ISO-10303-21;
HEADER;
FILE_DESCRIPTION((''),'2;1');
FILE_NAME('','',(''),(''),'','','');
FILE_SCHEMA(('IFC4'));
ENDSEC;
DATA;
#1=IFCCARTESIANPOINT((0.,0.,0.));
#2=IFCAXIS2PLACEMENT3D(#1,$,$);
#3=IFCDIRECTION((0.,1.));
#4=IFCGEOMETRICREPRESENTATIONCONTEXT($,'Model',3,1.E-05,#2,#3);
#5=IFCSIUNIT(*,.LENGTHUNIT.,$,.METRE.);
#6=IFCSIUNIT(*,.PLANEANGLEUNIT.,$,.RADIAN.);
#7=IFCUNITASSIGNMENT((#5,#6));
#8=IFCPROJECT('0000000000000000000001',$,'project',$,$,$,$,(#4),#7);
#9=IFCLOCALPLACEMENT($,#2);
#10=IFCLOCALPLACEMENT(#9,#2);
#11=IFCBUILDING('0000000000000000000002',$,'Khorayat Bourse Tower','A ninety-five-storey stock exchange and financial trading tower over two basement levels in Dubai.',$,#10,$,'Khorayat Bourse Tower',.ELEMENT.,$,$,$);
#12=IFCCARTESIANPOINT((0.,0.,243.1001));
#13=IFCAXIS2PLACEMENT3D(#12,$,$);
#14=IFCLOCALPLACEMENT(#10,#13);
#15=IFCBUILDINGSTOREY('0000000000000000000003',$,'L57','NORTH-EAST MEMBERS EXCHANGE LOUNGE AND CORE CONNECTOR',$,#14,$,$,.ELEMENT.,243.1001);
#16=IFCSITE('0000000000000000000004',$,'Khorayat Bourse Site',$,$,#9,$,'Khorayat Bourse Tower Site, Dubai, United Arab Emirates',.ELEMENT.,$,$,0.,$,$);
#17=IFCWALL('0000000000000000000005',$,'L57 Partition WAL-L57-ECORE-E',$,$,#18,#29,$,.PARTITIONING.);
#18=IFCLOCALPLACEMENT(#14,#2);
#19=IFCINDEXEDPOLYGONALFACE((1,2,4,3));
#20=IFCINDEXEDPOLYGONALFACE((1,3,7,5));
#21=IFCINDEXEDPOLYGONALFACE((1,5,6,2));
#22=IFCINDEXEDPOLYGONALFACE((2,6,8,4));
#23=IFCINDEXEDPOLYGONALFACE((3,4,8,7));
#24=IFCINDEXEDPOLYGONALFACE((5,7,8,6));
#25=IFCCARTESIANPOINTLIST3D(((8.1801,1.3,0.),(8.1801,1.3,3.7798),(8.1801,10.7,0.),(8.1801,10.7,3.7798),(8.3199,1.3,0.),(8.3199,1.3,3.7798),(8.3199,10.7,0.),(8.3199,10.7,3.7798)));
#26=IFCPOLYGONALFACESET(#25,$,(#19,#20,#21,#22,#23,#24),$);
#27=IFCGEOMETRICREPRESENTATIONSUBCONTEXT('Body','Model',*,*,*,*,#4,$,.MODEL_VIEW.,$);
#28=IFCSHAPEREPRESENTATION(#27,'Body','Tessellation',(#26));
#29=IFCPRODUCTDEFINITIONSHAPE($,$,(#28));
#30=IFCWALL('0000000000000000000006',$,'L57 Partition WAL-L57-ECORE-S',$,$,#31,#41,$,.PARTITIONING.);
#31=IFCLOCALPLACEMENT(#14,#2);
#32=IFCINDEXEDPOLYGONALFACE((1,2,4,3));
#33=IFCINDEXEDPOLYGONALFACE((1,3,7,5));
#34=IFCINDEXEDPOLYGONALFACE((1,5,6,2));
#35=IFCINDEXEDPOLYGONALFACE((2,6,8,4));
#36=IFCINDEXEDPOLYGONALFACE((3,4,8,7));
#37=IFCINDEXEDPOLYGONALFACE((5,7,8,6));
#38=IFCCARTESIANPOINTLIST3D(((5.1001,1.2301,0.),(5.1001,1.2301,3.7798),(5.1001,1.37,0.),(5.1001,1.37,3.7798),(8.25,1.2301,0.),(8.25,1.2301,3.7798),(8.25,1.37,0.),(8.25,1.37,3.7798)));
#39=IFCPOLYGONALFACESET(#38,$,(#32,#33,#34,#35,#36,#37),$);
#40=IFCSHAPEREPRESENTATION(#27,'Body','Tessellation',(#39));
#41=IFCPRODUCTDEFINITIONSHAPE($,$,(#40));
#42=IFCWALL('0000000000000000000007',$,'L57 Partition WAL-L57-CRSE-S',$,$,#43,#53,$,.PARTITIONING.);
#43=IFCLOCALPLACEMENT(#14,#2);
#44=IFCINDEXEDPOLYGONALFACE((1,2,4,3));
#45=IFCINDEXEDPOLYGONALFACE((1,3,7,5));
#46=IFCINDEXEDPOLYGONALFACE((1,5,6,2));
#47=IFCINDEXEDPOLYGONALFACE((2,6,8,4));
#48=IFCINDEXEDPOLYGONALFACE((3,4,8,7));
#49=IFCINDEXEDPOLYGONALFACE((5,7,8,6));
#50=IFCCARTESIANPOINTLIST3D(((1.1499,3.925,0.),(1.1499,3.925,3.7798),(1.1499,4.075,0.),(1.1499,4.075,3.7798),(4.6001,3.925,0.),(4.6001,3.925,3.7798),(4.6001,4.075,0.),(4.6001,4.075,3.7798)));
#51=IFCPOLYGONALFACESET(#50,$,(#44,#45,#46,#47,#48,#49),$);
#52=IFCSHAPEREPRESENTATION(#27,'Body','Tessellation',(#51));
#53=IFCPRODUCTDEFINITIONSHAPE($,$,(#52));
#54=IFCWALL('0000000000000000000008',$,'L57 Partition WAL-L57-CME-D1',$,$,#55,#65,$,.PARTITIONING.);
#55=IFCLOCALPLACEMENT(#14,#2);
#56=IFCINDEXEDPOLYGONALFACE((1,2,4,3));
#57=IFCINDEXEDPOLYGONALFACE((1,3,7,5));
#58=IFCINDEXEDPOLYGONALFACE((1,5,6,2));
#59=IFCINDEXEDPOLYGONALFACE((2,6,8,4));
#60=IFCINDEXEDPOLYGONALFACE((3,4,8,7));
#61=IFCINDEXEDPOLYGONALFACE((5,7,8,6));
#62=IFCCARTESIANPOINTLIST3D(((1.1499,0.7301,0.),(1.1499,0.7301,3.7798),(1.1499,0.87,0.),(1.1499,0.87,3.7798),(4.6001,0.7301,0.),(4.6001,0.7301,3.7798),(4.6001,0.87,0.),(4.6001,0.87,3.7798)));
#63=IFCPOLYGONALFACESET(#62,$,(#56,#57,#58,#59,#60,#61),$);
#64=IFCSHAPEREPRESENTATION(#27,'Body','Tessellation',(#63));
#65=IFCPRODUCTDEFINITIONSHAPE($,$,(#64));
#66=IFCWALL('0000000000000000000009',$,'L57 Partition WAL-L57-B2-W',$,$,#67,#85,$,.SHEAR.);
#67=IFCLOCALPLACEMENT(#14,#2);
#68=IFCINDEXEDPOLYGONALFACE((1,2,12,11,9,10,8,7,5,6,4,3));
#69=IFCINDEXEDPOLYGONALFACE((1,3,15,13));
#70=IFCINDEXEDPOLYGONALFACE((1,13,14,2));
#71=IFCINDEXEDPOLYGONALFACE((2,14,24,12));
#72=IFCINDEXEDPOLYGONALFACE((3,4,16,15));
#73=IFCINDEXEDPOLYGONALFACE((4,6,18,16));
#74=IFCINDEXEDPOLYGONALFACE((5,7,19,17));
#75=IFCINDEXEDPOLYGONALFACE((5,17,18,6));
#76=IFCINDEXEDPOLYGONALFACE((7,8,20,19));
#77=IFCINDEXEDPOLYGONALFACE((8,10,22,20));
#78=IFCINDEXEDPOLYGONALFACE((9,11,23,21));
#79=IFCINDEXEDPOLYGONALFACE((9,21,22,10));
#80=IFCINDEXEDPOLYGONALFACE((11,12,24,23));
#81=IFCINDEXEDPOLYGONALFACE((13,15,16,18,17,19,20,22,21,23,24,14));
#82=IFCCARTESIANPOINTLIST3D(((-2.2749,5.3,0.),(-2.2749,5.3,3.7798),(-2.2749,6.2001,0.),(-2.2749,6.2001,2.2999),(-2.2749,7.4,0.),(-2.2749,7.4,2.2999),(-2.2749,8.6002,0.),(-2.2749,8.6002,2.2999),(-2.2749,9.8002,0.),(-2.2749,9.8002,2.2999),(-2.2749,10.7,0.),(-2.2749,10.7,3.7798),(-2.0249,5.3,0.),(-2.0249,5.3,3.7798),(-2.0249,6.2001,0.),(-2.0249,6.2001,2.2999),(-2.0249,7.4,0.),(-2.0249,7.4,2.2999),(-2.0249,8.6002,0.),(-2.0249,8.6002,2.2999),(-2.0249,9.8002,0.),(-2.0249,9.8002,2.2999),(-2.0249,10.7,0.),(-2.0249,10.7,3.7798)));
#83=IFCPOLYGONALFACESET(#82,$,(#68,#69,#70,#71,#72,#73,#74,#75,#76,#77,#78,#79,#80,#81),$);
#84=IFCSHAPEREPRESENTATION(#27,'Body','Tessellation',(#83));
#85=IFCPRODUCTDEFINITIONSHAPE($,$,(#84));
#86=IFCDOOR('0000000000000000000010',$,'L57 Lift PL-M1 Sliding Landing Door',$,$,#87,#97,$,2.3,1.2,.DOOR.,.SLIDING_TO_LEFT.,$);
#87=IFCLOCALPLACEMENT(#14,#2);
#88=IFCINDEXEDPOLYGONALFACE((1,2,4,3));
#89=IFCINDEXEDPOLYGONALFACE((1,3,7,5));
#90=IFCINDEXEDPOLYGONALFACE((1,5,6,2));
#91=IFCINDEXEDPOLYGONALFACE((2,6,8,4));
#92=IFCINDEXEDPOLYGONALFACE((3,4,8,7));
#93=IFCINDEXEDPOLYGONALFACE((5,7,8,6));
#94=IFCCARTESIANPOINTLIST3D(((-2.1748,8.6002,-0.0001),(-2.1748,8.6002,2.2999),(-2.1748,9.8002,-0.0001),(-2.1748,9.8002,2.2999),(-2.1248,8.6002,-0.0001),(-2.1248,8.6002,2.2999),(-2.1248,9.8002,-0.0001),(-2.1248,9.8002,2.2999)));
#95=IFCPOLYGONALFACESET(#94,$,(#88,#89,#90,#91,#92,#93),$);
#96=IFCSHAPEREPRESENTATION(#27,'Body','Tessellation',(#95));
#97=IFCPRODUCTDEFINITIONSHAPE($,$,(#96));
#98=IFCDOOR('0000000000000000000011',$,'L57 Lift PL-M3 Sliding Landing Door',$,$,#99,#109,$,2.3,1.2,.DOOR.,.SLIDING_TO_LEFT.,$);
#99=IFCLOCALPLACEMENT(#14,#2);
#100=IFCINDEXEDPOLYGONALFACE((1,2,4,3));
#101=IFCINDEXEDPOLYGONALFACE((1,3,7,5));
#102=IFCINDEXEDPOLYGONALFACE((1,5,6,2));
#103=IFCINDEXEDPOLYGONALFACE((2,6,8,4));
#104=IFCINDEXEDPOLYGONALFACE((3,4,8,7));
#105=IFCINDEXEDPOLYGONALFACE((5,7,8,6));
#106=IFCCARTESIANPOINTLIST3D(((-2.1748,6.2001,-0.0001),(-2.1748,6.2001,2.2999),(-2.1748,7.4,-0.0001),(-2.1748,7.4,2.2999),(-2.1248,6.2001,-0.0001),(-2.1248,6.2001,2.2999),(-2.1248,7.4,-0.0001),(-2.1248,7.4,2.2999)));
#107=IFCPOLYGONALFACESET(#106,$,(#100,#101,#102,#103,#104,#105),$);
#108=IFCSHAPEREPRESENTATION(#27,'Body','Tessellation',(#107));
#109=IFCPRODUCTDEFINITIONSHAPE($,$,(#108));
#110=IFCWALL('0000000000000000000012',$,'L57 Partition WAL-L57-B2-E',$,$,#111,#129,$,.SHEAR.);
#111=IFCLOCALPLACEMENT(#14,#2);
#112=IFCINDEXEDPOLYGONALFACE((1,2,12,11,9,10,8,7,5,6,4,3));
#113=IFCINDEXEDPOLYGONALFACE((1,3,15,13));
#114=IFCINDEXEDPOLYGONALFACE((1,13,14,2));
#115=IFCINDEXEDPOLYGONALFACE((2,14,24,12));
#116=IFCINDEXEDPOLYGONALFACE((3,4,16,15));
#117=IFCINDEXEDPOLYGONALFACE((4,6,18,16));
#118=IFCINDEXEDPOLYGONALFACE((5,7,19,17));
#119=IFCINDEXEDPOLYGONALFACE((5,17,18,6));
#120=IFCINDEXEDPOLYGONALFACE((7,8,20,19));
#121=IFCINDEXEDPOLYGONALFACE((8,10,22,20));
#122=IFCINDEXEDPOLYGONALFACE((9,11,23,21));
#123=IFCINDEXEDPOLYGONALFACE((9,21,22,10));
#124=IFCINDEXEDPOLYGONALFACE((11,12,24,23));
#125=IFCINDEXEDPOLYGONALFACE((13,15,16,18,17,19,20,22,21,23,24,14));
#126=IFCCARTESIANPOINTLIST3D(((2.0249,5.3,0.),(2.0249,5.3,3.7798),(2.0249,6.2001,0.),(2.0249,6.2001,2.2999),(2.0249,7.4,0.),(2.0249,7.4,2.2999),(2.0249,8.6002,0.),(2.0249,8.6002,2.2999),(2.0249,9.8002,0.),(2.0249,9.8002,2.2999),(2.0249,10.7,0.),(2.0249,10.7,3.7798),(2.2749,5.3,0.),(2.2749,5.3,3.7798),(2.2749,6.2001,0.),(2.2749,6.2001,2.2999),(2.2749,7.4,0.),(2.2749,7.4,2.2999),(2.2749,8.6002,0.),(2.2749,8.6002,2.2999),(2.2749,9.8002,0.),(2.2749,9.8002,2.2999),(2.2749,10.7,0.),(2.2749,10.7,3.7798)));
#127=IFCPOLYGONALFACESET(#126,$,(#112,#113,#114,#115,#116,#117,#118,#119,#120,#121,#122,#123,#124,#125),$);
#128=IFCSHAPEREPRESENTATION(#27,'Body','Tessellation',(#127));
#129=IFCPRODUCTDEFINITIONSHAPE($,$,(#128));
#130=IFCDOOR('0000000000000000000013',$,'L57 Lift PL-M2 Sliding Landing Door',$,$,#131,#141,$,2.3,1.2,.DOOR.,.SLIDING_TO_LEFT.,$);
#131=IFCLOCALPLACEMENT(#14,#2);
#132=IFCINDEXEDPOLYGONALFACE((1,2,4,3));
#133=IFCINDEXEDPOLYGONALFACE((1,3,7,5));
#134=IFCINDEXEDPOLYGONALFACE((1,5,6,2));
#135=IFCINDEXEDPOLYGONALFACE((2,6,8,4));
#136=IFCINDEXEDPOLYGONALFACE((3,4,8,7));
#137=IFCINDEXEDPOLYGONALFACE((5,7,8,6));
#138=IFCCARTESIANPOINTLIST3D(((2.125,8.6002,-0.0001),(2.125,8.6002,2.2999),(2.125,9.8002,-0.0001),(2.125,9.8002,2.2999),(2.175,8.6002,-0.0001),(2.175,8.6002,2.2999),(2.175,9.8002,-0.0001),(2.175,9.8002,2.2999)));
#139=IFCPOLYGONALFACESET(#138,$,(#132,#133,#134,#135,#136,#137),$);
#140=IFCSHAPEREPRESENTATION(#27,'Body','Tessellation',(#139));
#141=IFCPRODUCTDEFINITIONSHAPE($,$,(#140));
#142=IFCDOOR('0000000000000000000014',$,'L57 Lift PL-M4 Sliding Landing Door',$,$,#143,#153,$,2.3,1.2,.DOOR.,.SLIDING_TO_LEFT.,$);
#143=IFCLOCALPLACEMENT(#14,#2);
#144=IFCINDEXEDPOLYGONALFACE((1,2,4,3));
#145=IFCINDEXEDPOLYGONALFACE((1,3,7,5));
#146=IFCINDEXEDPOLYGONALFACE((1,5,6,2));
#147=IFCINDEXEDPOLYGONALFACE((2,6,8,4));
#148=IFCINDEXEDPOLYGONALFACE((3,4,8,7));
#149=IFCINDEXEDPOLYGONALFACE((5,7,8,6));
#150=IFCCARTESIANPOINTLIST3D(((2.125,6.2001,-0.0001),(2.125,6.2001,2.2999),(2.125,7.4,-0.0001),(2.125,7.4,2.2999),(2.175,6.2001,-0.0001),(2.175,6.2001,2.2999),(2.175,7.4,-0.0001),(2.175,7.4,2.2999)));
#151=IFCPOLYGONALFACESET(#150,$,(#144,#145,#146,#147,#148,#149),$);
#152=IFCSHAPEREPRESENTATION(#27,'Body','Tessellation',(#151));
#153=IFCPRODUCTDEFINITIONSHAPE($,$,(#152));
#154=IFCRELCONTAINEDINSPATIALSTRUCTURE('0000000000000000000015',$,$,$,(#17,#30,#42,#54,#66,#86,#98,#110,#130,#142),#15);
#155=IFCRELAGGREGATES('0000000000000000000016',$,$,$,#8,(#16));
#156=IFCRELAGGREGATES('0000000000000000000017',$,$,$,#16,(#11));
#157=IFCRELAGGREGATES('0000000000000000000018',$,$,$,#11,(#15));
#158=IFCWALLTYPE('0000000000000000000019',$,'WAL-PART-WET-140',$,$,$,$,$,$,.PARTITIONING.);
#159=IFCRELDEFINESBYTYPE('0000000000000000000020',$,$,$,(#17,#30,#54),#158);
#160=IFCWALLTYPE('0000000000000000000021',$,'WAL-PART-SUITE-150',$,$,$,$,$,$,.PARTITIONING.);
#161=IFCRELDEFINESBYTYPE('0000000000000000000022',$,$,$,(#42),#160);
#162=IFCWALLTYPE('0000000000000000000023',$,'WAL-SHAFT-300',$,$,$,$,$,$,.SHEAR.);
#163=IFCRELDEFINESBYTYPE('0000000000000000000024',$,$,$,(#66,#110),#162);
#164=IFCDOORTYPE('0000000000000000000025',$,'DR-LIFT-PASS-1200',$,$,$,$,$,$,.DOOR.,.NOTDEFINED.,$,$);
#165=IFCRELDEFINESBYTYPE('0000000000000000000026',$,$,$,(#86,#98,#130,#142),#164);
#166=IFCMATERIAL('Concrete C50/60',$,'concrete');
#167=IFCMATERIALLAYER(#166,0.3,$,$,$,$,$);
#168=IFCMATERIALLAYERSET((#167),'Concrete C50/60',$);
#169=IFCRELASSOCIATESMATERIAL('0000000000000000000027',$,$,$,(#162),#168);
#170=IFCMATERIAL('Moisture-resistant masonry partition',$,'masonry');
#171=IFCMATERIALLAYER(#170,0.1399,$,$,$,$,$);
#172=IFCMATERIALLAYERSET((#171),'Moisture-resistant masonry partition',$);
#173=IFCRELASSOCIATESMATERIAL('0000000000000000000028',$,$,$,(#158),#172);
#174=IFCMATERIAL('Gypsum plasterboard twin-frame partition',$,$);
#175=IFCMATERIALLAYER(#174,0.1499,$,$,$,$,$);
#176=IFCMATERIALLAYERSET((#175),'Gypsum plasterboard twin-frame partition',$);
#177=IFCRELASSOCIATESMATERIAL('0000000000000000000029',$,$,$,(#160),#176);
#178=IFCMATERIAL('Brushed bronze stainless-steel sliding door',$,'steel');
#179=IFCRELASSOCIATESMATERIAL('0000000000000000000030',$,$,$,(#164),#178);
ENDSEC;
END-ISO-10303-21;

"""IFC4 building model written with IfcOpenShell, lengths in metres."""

from ifc_helpers import new_model, si_unit, direction, frame, frame_2d, origin, place, context, subcontext, project, spatial, rectangle, extrude, source, transform, mapped, material, layer, layer_set, type_object, element, fill, save


model = new_model("IFC4")

# Units and contexts
model_context = context("Model", 3, precision=1e-05, world=origin(), true_north=direction((0.0, 1.0)))
body_context = subcontext(model_context, "Body", "Model", "MODEL_VIEW")
ifc_project = project(units=[si_unit("LENGTHUNIT", "METRE"), si_unit("PLANEANGLEUNIT", "RADIAN")], contexts=[model_context])

# Site, building, storey
site_placement = place(None, origin())
site = spatial("IfcSite", under=ifc_project, at=site_placement, Name="Khorayat Bourse Site", LongName="Khorayat Bourse Tower Site, Dubai, United Arab Emirates", CompositionType="ELEMENT", RefElevation=0.0)
building_placement = place(site_placement, origin())
building = spatial("IfcBuilding", under=site, at=building_placement, Name="Khorayat Bourse Tower", Description="A ninety-five-storey stock exchange and financial trading tower over two basement levels in Dubai.", LongName="Khorayat Bourse Tower", CompositionType="ELEMENT")
storey_placement = place(building_placement, frame((0.0, 0.0, 243.1001)))
storey = spatial("IfcBuildingStorey", under=building, at=storey_placement, Name="L57", Description="NORTH-EAST MEMBERS EXCHANGE LOUNGE AND CORE CONNECTOR", CompositionType="ELEMENT", Elevation=243.1001)

# Walls
ifc_material_1 = material(Name="Concrete C50/60", Category="concrete")
ifc_layer_1 = layer(ifc_material_1, 0.3)
ifc_layer_set_1 = layer_set([ifc_layer_1], Name="Concrete C50/60")
wall_type_1 = type_object("IfcWallType", Name="WAL-SHAFT-300", PredefinedType="SHEAR", material=ifc_layer_set_1)
ifc_material_2 = material(Name="Moisture-resistant masonry partition", Category="masonry")
ifc_layer_2 = layer(ifc_material_2, 0.1399)
ifc_layer_set_2 = layer_set([ifc_layer_2], Name="Moisture-resistant masonry partition")
wall_type_2 = type_object("IfcWallType", Name="WAL-PART-WET-140", PredefinedType="PARTITIONING", material=ifc_layer_set_2)
shared_shape_1 = source(origin(), body_context, "Body", "SweptSolid", [
    extrude(rectangle(XDim=9.3999, YDim=0.1399, at=frame_2d((4.7, 0.0))), origin(), (0.0, 0.0, 1.0), 3.7798),
])
wall_1_placement = place(storey_placement, frame((8.25, 1.3, 0.0), z_axis=(0.0, 0.0, 1.0), x_axis=(0.0, 1.0, 0.0)))
element("IfcWall", 1, at=wall_1_placement, inside=storey, type_object=wall_type_2, Name="L57 Partition WAL-L57-ECORE-E", PredefinedType="PARTITIONING", context=body_context, shape_type="MappedRepresentation", body=[
    mapped(shared_shape_1, transform((0.0, 0.0, 0.0), scale=1.0)),
])
shared_shape_2 = source(origin(), body_context, "Body", "SweptSolid", [
    extrude(rectangle(XDim=3.1499, YDim=0.1399, at=frame_2d((1.575, 0.0))), origin(), (0.0, 0.0, 1.0), 3.7798),
])
wall_2_placement = place(storey_placement, frame((5.1001, 1.3, 0.0), z_axis=(0.0, 0.0, 1.0), x_axis=(1.0, 0.0, 0.0)))
element("IfcWall", 2, at=wall_2_placement, inside=storey, type_object=wall_type_2, Name="L57 Partition WAL-L57-ECORE-S", PredefinedType="PARTITIONING", context=body_context, shape_type="MappedRepresentation", body=[
    mapped(shared_shape_2, transform((0.0, 0.0, 0.0), scale=1.0)),
])

# Walls
ifc_material_3 = material(Name="Gypsum plasterboard twin-frame partition")
ifc_layer_3 = layer(ifc_material_3, 0.1499)
ifc_layer_set_3 = layer_set([ifc_layer_3], Name="Gypsum plasterboard twin-frame partition")
wall_type_3 = type_object("IfcWallType", Name="WAL-PART-SUITE-150", PredefinedType="PARTITIONING", material=ifc_layer_set_3)
shared_shape_3 = source(origin(), body_context, "Body", "SweptSolid", [
    extrude(rectangle(XDim=3.4502, YDim=0.1499, at=frame_2d((1.7251, 0.0))), origin(), (0.0, 0.0, 1.0), 3.7798),
])
wall_3_placement = place(storey_placement, frame((1.1499, 4.0, 0.0), z_axis=(0.0, 0.0, 1.0), x_axis=(1.0, 0.0, 0.0)))
element("IfcWall", 3, at=wall_3_placement, inside=storey, type_object=wall_type_3, Name="L57 Partition WAL-L57-CRSE-S", PredefinedType="PARTITIONING", context=body_context, shape_type="MappedRepresentation", body=[
    mapped(shared_shape_3, transform((0.0, 0.0, 0.0), scale=1.0)),
])
shared_shape_4 = source(origin(), body_context, "Body", "SweptSolid", [
    extrude(rectangle(XDim=3.4502, YDim=0.1399, at=frame_2d((1.7251, 0.0))), origin(), (0.0, 0.0, 1.0), 3.7798),
])
wall_4_placement = place(storey_placement, frame((1.1499, 0.8, 0.0), z_axis=(0.0, 0.0, 1.0), x_axis=(1.0, 0.0, 0.0)))
element("IfcWall", 4, at=wall_4_placement, inside=storey, type_object=wall_type_2, Name="L57 Partition WAL-L57-CME-D1", PredefinedType="PARTITIONING", context=body_context, shape_type="MappedRepresentation", body=[
    mapped(shared_shape_4, transform((0.0, 0.0, 0.0), scale=1.0)),
])

# Walls, openings, doors
shared_shape_5 = source(origin(), body_context, "Body", "SweptSolid", [
    extrude(rectangle(XDim=5.3999, YDim=0.25, at=frame_2d((2.7, 0.0))), origin(), (0.0, 0.0, 1.0), 3.7798),
])
wall_5_placement = place(storey_placement, frame((-2.1499, 5.3, 0.0), z_axis=(0.0, 0.0, 1.0), x_axis=(0.0, 1.0, 0.0)))
wall_5 = element("IfcWall", 5, at=wall_5_placement, inside=storey, type_object=wall_type_1, Name="L57 Partition WAL-L57-B2-W", PredefinedType="SHEAR", context=body_context, shape_type="MappedRepresentation", body=[
    mapped(shared_shape_5, transform((0.0, 0.0, 0.0), scale=1.0)),
])
shared_shape_6 = source(origin(), body_context, "Body", "SweptSolid", [
    extrude(rectangle(XDim=1.2, YDim=2.3, at=frame_2d((0.6001, 1.1499))), frame((0.0, 0.135, 0.0), z_axis=(0.0, -1.0, 0.0), x_axis=(1.0, 0.0, 0.0)), (0.0, 0.0, 1.0), 0.27),
])
opening_1_placement = place(wall_5_placement, frame((3.3, 0.0, 0.0)))
opening_1 = element("IfcOpeningElement", 6, at=opening_1_placement, cuts=wall_5, PredefinedType="OPENING", context=body_context, shape_type="MappedRepresentation", body=[
    mapped(shared_shape_6, transform((0.0, 0.0, 0.0), scale=1.0)),
])
opening_2_placement = place(wall_5_placement, frame((0.8999, 0.0, 0.0)))
opening_2 = element("IfcOpeningElement", 7, at=opening_2_placement, cuts=wall_5, PredefinedType="OPENING", context=body_context, shape_type="MappedRepresentation", body=[
    mapped(shared_shape_6, transform((0.0, 0.0, 0.0), scale=1.0)),
])
ifc_material_4 = material(Name="Brushed bronze stainless-steel sliding door", Category="steel")
door_type_1 = type_object("IfcDoorType", Name="DR-LIFT-PASS-1200", OperationType="NOTDEFINED", PredefinedType="DOOR", material=ifc_material_4)
shared_shape_7 = source(origin(), body_context, "Body", "SweptSolid", [
    extrude(rectangle(XDim=1.2, YDim=2.3, at=frame_2d((0.6001, 1.1499))), frame((0.0, 0.0249, 0.0), z_axis=(0.0, -1.0, 0.0), x_axis=(1.0, 0.0, 0.0)), (0.0, 0.0, 1.0), 0.05),
])
door_1_placement = place(opening_1_placement, origin())
door_1 = element("IfcDoor", 8, at=door_1_placement, inside=storey, type_object=door_type_1, Name="L57 Lift PL-M1 Sliding Landing Door", OperationType="SLIDING_TO_LEFT", OverallHeight=2.3, OverallWidth=1.2, PredefinedType="DOOR", context=body_context, shape_type="MappedRepresentation", body=[
    mapped(shared_shape_7, transform((0.0, 0.0, 0.0), scale=1.0)),
])
fill(opening_1, door_1)
door_2_placement = place(opening_2_placement, origin())
door_2 = element("IfcDoor", 9, at=door_2_placement, inside=storey, type_object=door_type_1, Name="L57 Lift PL-M3 Sliding Landing Door", OperationType="SLIDING_TO_LEFT", OverallHeight=2.3, OverallWidth=1.2, PredefinedType="DOOR", context=body_context, shape_type="MappedRepresentation", body=[
    mapped(shared_shape_7, transform((0.0, 0.0, 0.0), scale=1.0)),
])
fill(opening_2, door_2)
wall_6_placement = place(storey_placement, frame((2.1499, 5.3, 0.0), z_axis=(0.0, 0.0, 1.0), x_axis=(0.0, 1.0, 0.0)))
wall_6 = element("IfcWall", 10, at=wall_6_placement, inside=storey, type_object=wall_type_1, Name="L57 Partition WAL-L57-B2-E", PredefinedType="SHEAR", context=body_context, shape_type="MappedRepresentation", body=[
    mapped(shared_shape_5, transform((0.0, 0.0, 0.0), scale=1.0)),
])
opening_3_placement = place(wall_6_placement, frame((3.3, 0.0, 0.0)))
opening_3 = element("IfcOpeningElement", 11, at=opening_3_placement, cuts=wall_6, PredefinedType="OPENING", context=body_context, shape_type="MappedRepresentation", body=[
    mapped(shared_shape_6, transform((0.0, 0.0, 0.0), scale=1.0)),
])
opening_4_placement = place(wall_6_placement, frame((0.8999, 0.0, 0.0)))
opening_4 = element("IfcOpeningElement", 12, at=opening_4_placement, cuts=wall_6, PredefinedType="OPENING", context=body_context, shape_type="MappedRepresentation", body=[
    mapped(shared_shape_6, transform((0.0, 0.0, 0.0), scale=1.0)),
])
door_3_placement = place(opening_3_placement, origin())
door_3 = element("IfcDoor", 13, at=door_3_placement, inside=storey, type_object=door_type_1, Name="L57 Lift PL-M2 Sliding Landing Door", OperationType="SLIDING_TO_LEFT", OverallHeight=2.3, OverallWidth=1.2, PredefinedType="DOOR", context=body_context, shape_type="MappedRepresentation", body=[
    mapped(shared_shape_7, transform((0.0, 0.0, 0.0), scale=1.0)),
])
fill(opening_3, door_3)
door_4_placement = place(opening_4_placement, origin())
door_4 = element("IfcDoor", 14, at=door_4_placement, inside=storey, type_object=door_type_1, Name="L57 Lift PL-M4 Sliding Landing Door", OperationType="SLIDING_TO_LEFT", OverallHeight=2.3, OverallWidth=1.2, PredefinedType="DOOR", context=body_context, shape_type="MappedRepresentation", body=[
    mapped(shared_shape_7, transform((0.0, 0.0, 0.0), scale=1.0)),
])
fill(opening_4, door_4)

save(model, "model.ifc")
